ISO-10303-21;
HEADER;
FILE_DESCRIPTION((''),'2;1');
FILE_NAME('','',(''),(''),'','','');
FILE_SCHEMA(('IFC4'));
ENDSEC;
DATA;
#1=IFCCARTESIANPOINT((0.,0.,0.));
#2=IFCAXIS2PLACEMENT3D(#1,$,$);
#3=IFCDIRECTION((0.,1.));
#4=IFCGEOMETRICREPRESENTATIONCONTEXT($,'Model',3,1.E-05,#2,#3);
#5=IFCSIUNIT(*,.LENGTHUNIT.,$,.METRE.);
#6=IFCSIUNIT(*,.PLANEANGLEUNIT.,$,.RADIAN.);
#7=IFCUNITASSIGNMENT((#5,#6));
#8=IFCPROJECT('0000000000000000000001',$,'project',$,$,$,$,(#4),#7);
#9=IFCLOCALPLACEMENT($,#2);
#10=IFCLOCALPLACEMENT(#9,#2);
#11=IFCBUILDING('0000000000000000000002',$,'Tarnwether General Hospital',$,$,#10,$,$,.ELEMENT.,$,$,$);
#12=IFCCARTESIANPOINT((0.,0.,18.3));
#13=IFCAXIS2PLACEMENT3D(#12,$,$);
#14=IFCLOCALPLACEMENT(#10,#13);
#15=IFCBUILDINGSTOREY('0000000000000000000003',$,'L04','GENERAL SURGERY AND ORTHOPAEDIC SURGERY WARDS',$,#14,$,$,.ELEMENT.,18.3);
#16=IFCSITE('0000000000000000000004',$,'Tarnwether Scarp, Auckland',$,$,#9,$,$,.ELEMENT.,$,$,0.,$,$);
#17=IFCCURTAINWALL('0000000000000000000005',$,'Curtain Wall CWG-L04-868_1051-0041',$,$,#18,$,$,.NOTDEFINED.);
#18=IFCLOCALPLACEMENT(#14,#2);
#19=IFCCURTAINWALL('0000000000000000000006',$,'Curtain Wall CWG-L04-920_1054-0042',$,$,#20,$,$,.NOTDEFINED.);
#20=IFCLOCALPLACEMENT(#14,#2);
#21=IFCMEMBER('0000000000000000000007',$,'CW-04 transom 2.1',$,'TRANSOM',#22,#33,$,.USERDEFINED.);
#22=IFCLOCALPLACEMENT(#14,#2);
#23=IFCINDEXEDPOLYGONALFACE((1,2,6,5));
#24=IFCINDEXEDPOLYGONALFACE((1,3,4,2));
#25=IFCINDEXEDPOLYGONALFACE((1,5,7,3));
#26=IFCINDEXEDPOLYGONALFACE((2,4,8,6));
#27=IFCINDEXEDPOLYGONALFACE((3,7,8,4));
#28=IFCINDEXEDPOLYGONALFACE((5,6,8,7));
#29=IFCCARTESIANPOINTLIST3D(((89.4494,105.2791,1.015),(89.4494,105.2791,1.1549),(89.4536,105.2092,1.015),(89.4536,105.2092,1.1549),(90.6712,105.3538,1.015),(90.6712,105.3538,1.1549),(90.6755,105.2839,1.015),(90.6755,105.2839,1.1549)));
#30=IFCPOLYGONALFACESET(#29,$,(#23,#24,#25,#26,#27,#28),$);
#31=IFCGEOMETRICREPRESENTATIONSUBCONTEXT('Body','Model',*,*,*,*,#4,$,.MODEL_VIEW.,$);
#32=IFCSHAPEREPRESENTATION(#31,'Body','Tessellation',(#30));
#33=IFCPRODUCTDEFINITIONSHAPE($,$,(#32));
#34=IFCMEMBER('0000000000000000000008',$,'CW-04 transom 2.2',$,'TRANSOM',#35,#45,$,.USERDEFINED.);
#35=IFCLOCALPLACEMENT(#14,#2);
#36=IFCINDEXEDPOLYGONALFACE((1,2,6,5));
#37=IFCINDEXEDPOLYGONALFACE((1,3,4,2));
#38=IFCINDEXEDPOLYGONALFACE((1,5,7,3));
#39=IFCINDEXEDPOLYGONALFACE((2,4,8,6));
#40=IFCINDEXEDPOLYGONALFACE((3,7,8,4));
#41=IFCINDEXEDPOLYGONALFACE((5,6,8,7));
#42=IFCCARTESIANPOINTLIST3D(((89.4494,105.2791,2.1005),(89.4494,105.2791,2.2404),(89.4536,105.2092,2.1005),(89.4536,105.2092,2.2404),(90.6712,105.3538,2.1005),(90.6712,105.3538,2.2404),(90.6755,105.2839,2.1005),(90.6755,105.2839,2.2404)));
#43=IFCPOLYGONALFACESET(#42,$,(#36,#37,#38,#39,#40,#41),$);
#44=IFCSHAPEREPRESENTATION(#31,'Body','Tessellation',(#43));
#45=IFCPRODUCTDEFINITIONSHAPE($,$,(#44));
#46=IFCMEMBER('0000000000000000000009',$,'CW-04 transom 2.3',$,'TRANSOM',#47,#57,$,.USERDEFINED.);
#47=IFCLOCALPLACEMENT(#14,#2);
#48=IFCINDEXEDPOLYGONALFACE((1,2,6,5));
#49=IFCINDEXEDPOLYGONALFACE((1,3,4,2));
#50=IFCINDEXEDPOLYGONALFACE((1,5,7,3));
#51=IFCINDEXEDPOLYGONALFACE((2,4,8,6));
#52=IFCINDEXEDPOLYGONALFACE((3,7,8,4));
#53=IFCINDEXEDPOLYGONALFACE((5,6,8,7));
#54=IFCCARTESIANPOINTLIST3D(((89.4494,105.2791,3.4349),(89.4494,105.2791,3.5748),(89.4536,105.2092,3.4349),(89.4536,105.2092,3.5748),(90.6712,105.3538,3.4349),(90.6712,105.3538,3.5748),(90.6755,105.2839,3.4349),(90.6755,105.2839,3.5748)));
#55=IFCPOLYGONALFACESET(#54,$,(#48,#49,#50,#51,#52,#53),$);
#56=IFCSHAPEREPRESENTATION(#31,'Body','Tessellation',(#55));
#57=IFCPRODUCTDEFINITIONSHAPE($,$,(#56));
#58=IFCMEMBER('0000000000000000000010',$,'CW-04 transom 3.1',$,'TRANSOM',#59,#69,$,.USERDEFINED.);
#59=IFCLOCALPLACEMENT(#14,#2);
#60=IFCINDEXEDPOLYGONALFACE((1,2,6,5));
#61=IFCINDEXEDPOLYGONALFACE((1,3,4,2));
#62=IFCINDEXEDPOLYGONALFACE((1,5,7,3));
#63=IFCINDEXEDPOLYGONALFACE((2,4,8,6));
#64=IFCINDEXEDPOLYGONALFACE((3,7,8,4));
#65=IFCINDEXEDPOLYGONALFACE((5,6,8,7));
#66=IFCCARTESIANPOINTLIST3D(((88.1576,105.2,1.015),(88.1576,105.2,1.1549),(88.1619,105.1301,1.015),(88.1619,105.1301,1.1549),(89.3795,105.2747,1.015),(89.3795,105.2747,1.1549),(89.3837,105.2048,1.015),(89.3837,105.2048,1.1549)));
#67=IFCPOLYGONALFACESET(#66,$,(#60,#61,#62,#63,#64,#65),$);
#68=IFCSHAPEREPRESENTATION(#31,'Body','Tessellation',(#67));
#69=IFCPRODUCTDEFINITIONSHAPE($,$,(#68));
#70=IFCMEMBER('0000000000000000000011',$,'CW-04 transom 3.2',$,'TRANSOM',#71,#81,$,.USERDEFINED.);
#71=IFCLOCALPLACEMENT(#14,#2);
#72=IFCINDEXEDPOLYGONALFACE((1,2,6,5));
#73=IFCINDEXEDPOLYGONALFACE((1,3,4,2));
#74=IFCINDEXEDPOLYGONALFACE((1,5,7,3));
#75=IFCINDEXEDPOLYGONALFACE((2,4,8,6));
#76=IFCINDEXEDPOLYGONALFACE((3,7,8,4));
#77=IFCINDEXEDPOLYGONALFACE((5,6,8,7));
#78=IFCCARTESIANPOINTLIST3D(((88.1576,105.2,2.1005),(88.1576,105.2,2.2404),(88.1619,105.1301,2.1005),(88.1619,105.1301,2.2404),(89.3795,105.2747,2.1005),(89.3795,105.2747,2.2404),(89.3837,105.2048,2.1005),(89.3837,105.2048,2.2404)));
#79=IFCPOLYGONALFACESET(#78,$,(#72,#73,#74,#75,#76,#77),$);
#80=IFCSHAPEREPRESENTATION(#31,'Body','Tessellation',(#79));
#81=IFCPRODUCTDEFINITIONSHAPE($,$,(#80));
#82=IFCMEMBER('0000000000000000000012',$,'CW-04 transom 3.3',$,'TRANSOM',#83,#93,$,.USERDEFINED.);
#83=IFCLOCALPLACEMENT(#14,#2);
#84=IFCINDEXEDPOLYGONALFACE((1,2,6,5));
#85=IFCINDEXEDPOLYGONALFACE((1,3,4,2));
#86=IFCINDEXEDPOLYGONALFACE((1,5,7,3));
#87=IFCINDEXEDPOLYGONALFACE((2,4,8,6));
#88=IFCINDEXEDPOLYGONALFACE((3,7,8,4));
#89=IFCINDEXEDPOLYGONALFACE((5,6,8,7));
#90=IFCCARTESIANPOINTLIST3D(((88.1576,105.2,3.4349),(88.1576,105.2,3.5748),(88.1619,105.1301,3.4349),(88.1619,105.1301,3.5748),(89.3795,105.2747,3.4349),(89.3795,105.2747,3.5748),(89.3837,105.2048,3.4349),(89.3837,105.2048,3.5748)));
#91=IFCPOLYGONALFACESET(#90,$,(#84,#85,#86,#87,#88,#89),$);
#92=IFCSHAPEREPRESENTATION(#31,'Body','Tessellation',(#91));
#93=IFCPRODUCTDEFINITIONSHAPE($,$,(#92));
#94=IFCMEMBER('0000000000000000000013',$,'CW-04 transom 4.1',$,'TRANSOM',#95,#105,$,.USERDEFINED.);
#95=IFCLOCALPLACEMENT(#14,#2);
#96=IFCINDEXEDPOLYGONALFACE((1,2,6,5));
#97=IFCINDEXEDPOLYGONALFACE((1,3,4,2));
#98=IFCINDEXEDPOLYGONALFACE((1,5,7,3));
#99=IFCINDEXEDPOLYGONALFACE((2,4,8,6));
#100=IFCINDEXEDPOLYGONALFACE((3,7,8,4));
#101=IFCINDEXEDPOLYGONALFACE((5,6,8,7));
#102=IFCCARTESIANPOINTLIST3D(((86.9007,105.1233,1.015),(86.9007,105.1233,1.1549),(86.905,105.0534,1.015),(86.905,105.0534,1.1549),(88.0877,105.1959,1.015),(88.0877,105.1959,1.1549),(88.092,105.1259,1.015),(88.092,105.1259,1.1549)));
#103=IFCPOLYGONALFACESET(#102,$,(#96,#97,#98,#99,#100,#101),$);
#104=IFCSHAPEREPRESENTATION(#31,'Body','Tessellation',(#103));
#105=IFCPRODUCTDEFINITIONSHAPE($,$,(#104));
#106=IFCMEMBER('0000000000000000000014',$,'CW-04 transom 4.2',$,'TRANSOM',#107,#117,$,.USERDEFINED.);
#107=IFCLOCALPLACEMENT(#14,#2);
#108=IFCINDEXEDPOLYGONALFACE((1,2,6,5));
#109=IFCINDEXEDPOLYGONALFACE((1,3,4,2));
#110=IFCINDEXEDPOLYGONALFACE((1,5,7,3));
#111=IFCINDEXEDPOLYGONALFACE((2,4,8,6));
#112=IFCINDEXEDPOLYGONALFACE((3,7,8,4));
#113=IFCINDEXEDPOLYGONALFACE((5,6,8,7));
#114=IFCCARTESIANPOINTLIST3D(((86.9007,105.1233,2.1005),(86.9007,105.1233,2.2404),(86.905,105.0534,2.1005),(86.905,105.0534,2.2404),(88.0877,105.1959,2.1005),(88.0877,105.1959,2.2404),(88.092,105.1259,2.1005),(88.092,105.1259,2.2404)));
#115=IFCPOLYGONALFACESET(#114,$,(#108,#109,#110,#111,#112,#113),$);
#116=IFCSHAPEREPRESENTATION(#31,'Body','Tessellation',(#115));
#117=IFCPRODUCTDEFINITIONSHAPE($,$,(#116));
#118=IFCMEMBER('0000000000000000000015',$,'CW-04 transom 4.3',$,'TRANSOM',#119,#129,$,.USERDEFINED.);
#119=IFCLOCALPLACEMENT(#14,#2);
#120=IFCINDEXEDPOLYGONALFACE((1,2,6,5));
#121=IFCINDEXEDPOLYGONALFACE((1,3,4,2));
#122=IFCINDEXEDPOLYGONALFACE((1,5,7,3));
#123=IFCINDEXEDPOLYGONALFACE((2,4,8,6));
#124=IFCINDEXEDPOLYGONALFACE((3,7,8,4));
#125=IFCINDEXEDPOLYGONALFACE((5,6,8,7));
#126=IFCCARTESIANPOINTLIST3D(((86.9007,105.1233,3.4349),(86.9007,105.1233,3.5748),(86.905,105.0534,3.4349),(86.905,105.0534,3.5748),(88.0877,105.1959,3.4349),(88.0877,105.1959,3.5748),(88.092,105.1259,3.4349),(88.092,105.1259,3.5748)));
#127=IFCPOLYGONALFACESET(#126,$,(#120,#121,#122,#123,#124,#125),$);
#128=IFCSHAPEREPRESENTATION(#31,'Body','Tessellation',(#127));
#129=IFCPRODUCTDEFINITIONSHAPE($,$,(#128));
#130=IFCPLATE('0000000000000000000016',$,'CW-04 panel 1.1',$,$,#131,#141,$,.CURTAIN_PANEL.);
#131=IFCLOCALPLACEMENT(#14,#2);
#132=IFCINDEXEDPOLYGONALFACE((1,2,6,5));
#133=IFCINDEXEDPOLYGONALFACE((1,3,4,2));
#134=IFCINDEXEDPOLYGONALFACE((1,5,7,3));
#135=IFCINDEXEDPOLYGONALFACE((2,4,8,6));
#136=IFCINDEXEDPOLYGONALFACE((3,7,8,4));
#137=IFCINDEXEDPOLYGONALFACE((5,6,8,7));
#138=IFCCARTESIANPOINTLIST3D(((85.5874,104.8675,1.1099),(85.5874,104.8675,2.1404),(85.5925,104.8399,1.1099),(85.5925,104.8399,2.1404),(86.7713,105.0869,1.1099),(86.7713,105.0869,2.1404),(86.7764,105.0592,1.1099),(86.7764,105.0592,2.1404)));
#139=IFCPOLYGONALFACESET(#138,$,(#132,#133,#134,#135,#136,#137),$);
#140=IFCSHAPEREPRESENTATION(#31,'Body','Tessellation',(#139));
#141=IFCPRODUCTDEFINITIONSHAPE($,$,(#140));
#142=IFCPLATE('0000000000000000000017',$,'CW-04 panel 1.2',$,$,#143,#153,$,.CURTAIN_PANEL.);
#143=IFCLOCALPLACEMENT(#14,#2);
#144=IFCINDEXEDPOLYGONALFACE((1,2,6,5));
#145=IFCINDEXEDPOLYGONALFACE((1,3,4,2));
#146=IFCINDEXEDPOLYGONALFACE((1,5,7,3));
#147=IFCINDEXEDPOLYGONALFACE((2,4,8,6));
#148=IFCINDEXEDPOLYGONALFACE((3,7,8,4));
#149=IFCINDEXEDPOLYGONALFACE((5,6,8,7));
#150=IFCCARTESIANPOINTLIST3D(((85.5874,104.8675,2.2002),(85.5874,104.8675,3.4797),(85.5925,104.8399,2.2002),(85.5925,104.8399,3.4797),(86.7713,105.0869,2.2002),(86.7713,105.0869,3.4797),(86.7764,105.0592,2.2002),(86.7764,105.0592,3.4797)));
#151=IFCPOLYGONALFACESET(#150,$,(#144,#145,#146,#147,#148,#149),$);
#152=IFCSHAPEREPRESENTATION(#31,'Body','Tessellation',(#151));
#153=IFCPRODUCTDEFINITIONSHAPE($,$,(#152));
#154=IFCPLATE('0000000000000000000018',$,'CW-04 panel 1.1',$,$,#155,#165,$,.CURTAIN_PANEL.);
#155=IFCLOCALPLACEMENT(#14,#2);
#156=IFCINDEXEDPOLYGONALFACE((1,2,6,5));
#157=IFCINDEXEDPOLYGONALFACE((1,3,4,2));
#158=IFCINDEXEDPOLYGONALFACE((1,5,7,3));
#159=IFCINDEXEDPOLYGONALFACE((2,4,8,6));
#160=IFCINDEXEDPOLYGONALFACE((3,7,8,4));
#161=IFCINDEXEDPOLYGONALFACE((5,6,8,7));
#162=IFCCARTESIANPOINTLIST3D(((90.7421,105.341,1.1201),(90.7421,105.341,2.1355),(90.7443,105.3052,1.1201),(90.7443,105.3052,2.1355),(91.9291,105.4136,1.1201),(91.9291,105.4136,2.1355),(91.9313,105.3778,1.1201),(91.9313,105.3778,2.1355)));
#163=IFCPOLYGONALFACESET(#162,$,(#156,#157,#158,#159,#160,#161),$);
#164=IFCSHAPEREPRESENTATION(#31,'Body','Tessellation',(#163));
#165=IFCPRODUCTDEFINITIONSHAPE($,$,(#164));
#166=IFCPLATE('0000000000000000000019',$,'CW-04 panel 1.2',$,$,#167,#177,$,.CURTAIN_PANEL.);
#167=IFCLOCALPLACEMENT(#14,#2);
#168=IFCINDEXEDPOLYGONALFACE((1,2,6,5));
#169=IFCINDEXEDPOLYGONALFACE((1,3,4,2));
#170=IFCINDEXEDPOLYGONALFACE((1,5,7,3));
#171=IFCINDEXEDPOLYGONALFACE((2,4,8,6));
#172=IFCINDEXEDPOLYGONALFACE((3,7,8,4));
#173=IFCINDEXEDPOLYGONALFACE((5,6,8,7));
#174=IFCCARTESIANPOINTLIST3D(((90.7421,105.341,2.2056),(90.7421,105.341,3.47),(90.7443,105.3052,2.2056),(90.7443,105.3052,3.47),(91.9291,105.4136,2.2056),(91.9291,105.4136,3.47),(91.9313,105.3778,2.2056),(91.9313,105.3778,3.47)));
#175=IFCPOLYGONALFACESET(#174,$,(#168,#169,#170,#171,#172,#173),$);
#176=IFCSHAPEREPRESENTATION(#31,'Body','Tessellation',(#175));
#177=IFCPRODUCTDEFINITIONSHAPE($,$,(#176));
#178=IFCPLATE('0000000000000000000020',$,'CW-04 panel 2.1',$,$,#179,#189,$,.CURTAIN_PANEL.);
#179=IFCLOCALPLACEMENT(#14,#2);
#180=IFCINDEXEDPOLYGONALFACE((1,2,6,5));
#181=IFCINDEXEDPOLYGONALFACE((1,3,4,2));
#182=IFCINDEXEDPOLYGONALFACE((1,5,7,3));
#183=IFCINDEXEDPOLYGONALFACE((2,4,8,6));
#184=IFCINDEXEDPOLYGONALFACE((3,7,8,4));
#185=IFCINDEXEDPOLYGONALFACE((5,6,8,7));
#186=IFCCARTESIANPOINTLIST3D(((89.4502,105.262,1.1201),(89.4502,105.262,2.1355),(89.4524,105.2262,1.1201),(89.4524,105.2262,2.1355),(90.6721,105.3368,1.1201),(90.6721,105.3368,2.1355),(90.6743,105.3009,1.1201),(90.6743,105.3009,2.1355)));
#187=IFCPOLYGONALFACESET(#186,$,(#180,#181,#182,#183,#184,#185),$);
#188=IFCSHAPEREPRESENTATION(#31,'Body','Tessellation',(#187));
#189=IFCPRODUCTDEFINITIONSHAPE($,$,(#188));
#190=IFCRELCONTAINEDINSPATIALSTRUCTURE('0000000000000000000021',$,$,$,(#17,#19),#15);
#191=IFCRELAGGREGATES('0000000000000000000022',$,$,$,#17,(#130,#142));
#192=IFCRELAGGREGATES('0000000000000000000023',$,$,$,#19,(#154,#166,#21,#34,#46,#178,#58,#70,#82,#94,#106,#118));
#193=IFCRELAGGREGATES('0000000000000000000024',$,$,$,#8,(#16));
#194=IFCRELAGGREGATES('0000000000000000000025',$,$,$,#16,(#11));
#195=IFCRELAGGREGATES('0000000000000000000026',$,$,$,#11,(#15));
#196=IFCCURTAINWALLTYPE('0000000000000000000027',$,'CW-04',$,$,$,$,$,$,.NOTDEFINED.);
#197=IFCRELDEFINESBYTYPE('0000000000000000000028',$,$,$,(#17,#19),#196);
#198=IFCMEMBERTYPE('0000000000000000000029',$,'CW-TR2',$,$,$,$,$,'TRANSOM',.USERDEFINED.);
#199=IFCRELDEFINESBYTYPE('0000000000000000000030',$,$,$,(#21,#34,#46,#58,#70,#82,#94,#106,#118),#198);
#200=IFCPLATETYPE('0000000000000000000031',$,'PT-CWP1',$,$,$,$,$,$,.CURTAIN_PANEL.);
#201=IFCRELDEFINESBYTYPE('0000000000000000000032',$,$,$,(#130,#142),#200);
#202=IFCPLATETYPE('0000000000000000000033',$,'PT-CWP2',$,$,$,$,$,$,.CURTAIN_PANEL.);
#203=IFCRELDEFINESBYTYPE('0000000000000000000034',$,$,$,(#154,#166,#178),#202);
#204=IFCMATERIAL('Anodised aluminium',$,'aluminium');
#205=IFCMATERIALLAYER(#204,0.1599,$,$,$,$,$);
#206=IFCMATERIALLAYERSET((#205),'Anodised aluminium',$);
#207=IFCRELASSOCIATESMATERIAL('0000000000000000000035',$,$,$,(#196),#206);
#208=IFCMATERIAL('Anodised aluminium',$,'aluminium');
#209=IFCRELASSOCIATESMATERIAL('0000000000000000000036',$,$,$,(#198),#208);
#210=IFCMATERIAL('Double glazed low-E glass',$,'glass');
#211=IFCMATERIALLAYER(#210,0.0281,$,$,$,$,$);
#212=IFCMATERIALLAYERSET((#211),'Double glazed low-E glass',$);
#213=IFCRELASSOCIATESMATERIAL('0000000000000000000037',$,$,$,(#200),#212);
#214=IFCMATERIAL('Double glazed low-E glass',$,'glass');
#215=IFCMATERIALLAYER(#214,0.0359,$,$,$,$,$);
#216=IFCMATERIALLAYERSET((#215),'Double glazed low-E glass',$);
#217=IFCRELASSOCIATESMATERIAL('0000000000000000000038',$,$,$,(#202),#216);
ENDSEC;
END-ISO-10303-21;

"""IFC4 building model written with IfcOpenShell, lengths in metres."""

from ifc_helpers import new_model, si_unit, direction, frame, origin, origin_2d, place, context, subcontext, project, spatial, rectangle, extrude, material, layer, layer_set, material_profile, profile_set, type_object, element, aggregate, save


model = new_model("IFC4")

# Units and contexts
model_context = context("Model", 3, precision=1e-05, world=origin(), true_north=direction((0.0, 1.0)))
body_context = subcontext(model_context, "Body", "Model", "MODEL_VIEW")
ifc_project = project(units=[si_unit("LENGTHUNIT", "METRE"), si_unit("PLANEANGLEUNIT", "RADIAN")], contexts=[model_context])

# Site, building, storey
site_placement = place(None, origin())
site = spatial("IfcSite", under=ifc_project, at=site_placement, Name="Tarnwether Scarp, Auckland", CompositionType="ELEMENT", RefElevation=0.0)
building_placement = place(site_placement, origin())
building = spatial("IfcBuilding", under=site, at=building_placement, Name="Tarnwether General Hospital", CompositionType="ELEMENT")
storey_placement = place(building_placement, frame((0.0, 0.0, 18.3)))
storey = spatial("IfcBuildingStorey", under=building, at=storey_placement, Name="L04", Description="GENERAL SURGERY AND ORTHOPAEDIC SURGERY WARDS", CompositionType="ELEMENT", Elevation=18.3)

# Curtain walls
ifc_material_1 = material(Name="Anodised aluminium", Category="aluminium")
ifc_layer_1 = layer(ifc_material_1, 0.1599)
ifc_layer_set_1 = layer_set([ifc_layer_1], Name="Anodised aluminium")
curtain_wall_type = type_object("IfcCurtainWallType", Name="CW-04", PredefinedType="NOTDEFINED", material=ifc_layer_set_1)
curtain_wall_1_placement = place(storey_placement, origin())
curtain_wall_1 = element("IfcCurtainWall", 1, at=curtain_wall_1_placement, inside=storey, type_object=curtain_wall_type, Name="Curtain Wall CWG-L04-868_1051-0041", PredefinedType="NOTDEFINED")
curtain_wall_2_placement = place(storey_placement, origin())
curtain_wall_2 = element("IfcCurtainWall", 2, at=curtain_wall_2_placement, inside=storey, type_object=curtain_wall_type, Name="Curtain Wall CWG-L04-920_1054-0042", PredefinedType="NOTDEFINED")

# Members
ifc_material_2 = material(Name="Anodised aluminium", Category="aluminium")
ifc_material_profile_1 = material_profile(ifc_material_2, rectangle(XDim=0.0701, YDim=0.1399, at=origin_2d()), Name="ALU-TRN-70x140")
ifc_profile_set_1 = profile_set([ifc_material_profile_1], Name="Anodised aluminium")
member_type_1 = type_object("IfcMemberType", Name="CW-TR2", ElementType="TRANSOM", PredefinedType="USERDEFINED", material=ifc_profile_set_1)
member_1_placement = place(storey_placement, frame((90.6733, 105.3188, 1.085), z_axis=(-0.998136, -0.061025, 0.0), x_axis=(0.061025, -0.998136, 0.0)))
member_1 = element("IfcMember", 3, at=member_1_placement, type_object=member_type_1, Name="CW-04 transom 2.1", ObjectType="TRANSOM", PredefinedType="USERDEFINED", context=body_context, shape_type="SweptSolid", body=[
    extrude(rectangle(XDim=0.0701, YDim=0.1399, at=origin_2d()), origin(), (0.0, 0.0, 1.0), 1.2241),
])
member_2_placement = place(storey_placement, frame((90.6733, 105.3188, 2.1704), z_axis=(-0.998136, -0.061025, 0.0), x_axis=(0.061025, -0.998136, 0.0)))
member_2 = element("IfcMember", 4, at=member_2_placement, type_object=member_type_1, Name="CW-04 transom 2.2", ObjectType="TRANSOM", PredefinedType="USERDEFINED", context=body_context, shape_type="SweptSolid", body=[
    extrude(rectangle(XDim=0.0701, YDim=0.1399, at=origin_2d()), origin(), (0.0, 0.0, 1.0), 1.2241),
])
member_3_placement = place(storey_placement, frame((90.6733, 105.3188, 3.5049), z_axis=(-0.998136, -0.061025, 0.0), x_axis=(0.061025, -0.998136, 0.0)))
member_3 = element("IfcMember", 5, at=member_3_placement, type_object=member_type_1, Name="CW-04 transom 2.3", ObjectType="TRANSOM", PredefinedType="USERDEFINED", context=body_context, shape_type="SweptSolid", body=[
    extrude(rectangle(XDim=0.0701, YDim=0.1399, at=origin_2d()), origin(), (0.0, 0.0, 1.0), 1.2241),
])
member_4_placement = place(storey_placement, frame((89.3816, 105.2397, 1.085), z_axis=(-0.998136, -0.061025, 0.0), x_axis=(0.061025, -0.998136, 0.0)))
member_4 = element("IfcMember", 6, at=member_4_placement, type_object=member_type_1, Name="CW-04 transom 3.1", ObjectType="TRANSOM", PredefinedType="USERDEFINED", context=body_context, shape_type="SweptSolid", body=[
    extrude(rectangle(XDim=0.0701, YDim=0.1399, at=origin_2d()), origin(), (0.0, 0.0, 1.0), 1.2241),
])
member_5_placement = place(storey_placement, frame((89.3816, 105.2397, 2.1704), z_axis=(-0.998136, -0.061025, 0.0), x_axis=(0.061025, -0.998136, 0.0)))
member_5 = element("IfcMember", 7, at=member_5_placement, type_object=member_type_1, Name="CW-04 transom 3.2", ObjectType="TRANSOM", PredefinedType="USERDEFINED", context=body_context, shape_type="SweptSolid", body=[
    extrude(rectangle(XDim=0.0701, YDim=0.1399, at=origin_2d()), origin(), (0.0, 0.0, 1.0), 1.2241),
])
member_6_placement = place(storey_placement, frame((89.3816, 105.2397, 3.5049), z_axis=(-0.998136, -0.061025, 0.0), x_axis=(0.061025, -0.998136, 0.0)))
member_6 = element("IfcMember", 8, at=member_6_placement, type_object=member_type_1, Name="CW-04 transom 3.3", ObjectType="TRANSOM", PredefinedType="USERDEFINED", context=body_context, shape_type="SweptSolid", body=[
    extrude(rectangle(XDim=0.0701, YDim=0.1399, at=origin_2d()), origin(), (0.0, 0.0, 1.0), 1.2241),
])
member_7_placement = place(storey_placement, frame((88.0898, 105.1609, 1.085), z_axis=(-0.998139, -0.060972, 0.0), x_axis=(0.060972, -0.998139, 0.0)))
member_7 = element("IfcMember", 9, at=member_7_placement, type_object=member_type_1, Name="CW-04 transom 4.1", ObjectType="TRANSOM", PredefinedType="USERDEFINED", context=body_context, shape_type="SweptSolid", body=[
    extrude(rectangle(XDim=0.0701, YDim=0.1399, at=origin_2d()), origin(), (0.0, 0.0, 1.0), 1.1892),
])
member_8_placement = place(storey_placement, frame((88.0898, 105.1609, 2.1704), z_axis=(-0.998139, -0.060972, 0.0), x_axis=(0.060972, -0.998139, 0.0)))
member_8 = element("IfcMember", 10, at=member_8_placement, type_object=member_type_1, Name="CW-04 transom 4.2", ObjectType="TRANSOM", PredefinedType="USERDEFINED", context=body_context, shape_type="SweptSolid", body=[
    extrude(rectangle(XDim=0.0701, YDim=0.1399, at=origin_2d()), origin(), (0.0, 0.0, 1.0), 1.1892),
])
member_9_placement = place(storey_placement, frame((88.0898, 105.1609, 3.5049), z_axis=(-0.998139, -0.060972, 0.0), x_axis=(0.060972, -0.998139, 0.0)))
member_9 = element("IfcMember", 11, at=member_9_placement, type_object=member_type_1, Name="CW-04 transom 4.3", ObjectType="TRANSOM", PredefinedType="USERDEFINED", context=body_context, shape_type="SweptSolid", body=[
    extrude(rectangle(XDim=0.0701, YDim=0.1399, at=origin_2d()), origin(), (0.0, 0.0, 1.0), 1.1892),
])

# Plates
ifc_material_3 = material(Name="Double glazed low-E glass", Category="glass")
ifc_layer_2 = layer(ifc_material_3, 0.0281)
ifc_layer_set_2 = layer_set([ifc_layer_2], Name="Double glazed low-E glass")
plate_type_1 = type_object("IfcPlateType", Name="PT-CWP1", PredefinedType="CURTAIN_PANEL", material=ifc_layer_set_2)
plate_1_placement = place(storey_placement, frame((86.1819, 104.9634, 1.1099), z_axis=(0.0, 0.0, 1.0), x_axis=(-0.983268, -0.182165, 0.0)))
plate_1 = element("IfcPlate", 12, at=plate_1_placement, type_object=plate_type_1, Name="CW-04 panel 1.1", PredefinedType="CURTAIN_PANEL", context=body_context, shape_type="SweptSolid", body=[
    extrude(rectangle(XDim=1.2041, YDim=0.0281, at=origin_2d()), origin(), (0.0, 0.0, 1.0), 1.0305),
])
plate_2_placement = place(storey_placement, frame((86.1819, 104.9634, 2.2002), z_axis=(0.0, 0.0, 1.0), x_axis=(-0.983268, -0.182165, 0.0)))
plate_2 = element("IfcPlate", 13, at=plate_2_placement, type_object=plate_type_1, Name="CW-04 panel 1.2", PredefinedType="CURTAIN_PANEL", context=body_context, shape_type="SweptSolid", body=[
    extrude(rectangle(XDim=1.2041, YDim=0.0281, at=origin_2d()), origin(), (0.0, 0.0, 1.0), 1.2795),
])
aggregate(curtain_wall_1, [plate_1, plate_2])
ifc_material_4 = material(Name="Double glazed low-E glass", Category="glass")
ifc_layer_3 = layer(ifc_material_4, 0.0359)
ifc_layer_set_3 = layer_set([ifc_layer_3], Name="Double glazed low-E glass")
plate_type_2 = type_object("IfcPlateType", Name="PT-CWP2", PredefinedType="CURTAIN_PANEL", material=ifc_layer_set_3)
plate_3_placement = place(storey_placement, frame((91.3367, 105.3594, 1.1201), z_axis=(0.0, 0.0, 1.0), x_axis=(-0.998135, -0.061043, 0.0)))
plate_3 = element("IfcPlate", 14, at=plate_3_placement, type_object=plate_type_2, Name="CW-04 panel 1.1", PredefinedType="CURTAIN_PANEL", context=body_context, shape_type="SweptSolid", body=[
    extrude(rectangle(XDim=1.1892, YDim=0.0359, at=origin_2d()), origin(), (0.0, 0.0, 1.0), 1.0154),
])
plate_4_placement = place(storey_placement, frame((91.3367, 105.3594, 2.2056), z_axis=(0.0, 0.0, 1.0), x_axis=(-0.998135, -0.061043, 0.0)))
plate_4 = element("IfcPlate", 15, at=plate_4_placement, type_object=plate_type_2, Name="CW-04 panel 1.2", PredefinedType="CURTAIN_PANEL", context=body_context, shape_type="SweptSolid", body=[
    extrude(rectangle(XDim=1.1892, YDim=0.0359, at=origin_2d()), origin(), (0.0, 0.0, 1.0), 1.2644),
])
plate_5_placement = place(storey_placement, frame((90.0623, 105.2815, 1.1201), z_axis=(0.0, 0.0, 1.0), x_axis=(-0.998135, -0.061043, 0.0)))
plate_5 = element("IfcPlate", 16, at=plate_5_placement, type_object=plate_type_2, Name="CW-04 panel 2.1", PredefinedType="CURTAIN_PANEL", context=body_context, shape_type="SweptSolid", body=[
    extrude(rectangle(XDim=1.2241, YDim=0.0359, at=origin_2d()), origin(), (0.0, 0.0, 1.0), 1.0154),
])
aggregate(curtain_wall_2, [plate_3, plate_4, member_1, member_2, member_3, plate_5, member_4, member_5, member_6, member_7, member_8, member_9])

save(model, "model.ifc")
